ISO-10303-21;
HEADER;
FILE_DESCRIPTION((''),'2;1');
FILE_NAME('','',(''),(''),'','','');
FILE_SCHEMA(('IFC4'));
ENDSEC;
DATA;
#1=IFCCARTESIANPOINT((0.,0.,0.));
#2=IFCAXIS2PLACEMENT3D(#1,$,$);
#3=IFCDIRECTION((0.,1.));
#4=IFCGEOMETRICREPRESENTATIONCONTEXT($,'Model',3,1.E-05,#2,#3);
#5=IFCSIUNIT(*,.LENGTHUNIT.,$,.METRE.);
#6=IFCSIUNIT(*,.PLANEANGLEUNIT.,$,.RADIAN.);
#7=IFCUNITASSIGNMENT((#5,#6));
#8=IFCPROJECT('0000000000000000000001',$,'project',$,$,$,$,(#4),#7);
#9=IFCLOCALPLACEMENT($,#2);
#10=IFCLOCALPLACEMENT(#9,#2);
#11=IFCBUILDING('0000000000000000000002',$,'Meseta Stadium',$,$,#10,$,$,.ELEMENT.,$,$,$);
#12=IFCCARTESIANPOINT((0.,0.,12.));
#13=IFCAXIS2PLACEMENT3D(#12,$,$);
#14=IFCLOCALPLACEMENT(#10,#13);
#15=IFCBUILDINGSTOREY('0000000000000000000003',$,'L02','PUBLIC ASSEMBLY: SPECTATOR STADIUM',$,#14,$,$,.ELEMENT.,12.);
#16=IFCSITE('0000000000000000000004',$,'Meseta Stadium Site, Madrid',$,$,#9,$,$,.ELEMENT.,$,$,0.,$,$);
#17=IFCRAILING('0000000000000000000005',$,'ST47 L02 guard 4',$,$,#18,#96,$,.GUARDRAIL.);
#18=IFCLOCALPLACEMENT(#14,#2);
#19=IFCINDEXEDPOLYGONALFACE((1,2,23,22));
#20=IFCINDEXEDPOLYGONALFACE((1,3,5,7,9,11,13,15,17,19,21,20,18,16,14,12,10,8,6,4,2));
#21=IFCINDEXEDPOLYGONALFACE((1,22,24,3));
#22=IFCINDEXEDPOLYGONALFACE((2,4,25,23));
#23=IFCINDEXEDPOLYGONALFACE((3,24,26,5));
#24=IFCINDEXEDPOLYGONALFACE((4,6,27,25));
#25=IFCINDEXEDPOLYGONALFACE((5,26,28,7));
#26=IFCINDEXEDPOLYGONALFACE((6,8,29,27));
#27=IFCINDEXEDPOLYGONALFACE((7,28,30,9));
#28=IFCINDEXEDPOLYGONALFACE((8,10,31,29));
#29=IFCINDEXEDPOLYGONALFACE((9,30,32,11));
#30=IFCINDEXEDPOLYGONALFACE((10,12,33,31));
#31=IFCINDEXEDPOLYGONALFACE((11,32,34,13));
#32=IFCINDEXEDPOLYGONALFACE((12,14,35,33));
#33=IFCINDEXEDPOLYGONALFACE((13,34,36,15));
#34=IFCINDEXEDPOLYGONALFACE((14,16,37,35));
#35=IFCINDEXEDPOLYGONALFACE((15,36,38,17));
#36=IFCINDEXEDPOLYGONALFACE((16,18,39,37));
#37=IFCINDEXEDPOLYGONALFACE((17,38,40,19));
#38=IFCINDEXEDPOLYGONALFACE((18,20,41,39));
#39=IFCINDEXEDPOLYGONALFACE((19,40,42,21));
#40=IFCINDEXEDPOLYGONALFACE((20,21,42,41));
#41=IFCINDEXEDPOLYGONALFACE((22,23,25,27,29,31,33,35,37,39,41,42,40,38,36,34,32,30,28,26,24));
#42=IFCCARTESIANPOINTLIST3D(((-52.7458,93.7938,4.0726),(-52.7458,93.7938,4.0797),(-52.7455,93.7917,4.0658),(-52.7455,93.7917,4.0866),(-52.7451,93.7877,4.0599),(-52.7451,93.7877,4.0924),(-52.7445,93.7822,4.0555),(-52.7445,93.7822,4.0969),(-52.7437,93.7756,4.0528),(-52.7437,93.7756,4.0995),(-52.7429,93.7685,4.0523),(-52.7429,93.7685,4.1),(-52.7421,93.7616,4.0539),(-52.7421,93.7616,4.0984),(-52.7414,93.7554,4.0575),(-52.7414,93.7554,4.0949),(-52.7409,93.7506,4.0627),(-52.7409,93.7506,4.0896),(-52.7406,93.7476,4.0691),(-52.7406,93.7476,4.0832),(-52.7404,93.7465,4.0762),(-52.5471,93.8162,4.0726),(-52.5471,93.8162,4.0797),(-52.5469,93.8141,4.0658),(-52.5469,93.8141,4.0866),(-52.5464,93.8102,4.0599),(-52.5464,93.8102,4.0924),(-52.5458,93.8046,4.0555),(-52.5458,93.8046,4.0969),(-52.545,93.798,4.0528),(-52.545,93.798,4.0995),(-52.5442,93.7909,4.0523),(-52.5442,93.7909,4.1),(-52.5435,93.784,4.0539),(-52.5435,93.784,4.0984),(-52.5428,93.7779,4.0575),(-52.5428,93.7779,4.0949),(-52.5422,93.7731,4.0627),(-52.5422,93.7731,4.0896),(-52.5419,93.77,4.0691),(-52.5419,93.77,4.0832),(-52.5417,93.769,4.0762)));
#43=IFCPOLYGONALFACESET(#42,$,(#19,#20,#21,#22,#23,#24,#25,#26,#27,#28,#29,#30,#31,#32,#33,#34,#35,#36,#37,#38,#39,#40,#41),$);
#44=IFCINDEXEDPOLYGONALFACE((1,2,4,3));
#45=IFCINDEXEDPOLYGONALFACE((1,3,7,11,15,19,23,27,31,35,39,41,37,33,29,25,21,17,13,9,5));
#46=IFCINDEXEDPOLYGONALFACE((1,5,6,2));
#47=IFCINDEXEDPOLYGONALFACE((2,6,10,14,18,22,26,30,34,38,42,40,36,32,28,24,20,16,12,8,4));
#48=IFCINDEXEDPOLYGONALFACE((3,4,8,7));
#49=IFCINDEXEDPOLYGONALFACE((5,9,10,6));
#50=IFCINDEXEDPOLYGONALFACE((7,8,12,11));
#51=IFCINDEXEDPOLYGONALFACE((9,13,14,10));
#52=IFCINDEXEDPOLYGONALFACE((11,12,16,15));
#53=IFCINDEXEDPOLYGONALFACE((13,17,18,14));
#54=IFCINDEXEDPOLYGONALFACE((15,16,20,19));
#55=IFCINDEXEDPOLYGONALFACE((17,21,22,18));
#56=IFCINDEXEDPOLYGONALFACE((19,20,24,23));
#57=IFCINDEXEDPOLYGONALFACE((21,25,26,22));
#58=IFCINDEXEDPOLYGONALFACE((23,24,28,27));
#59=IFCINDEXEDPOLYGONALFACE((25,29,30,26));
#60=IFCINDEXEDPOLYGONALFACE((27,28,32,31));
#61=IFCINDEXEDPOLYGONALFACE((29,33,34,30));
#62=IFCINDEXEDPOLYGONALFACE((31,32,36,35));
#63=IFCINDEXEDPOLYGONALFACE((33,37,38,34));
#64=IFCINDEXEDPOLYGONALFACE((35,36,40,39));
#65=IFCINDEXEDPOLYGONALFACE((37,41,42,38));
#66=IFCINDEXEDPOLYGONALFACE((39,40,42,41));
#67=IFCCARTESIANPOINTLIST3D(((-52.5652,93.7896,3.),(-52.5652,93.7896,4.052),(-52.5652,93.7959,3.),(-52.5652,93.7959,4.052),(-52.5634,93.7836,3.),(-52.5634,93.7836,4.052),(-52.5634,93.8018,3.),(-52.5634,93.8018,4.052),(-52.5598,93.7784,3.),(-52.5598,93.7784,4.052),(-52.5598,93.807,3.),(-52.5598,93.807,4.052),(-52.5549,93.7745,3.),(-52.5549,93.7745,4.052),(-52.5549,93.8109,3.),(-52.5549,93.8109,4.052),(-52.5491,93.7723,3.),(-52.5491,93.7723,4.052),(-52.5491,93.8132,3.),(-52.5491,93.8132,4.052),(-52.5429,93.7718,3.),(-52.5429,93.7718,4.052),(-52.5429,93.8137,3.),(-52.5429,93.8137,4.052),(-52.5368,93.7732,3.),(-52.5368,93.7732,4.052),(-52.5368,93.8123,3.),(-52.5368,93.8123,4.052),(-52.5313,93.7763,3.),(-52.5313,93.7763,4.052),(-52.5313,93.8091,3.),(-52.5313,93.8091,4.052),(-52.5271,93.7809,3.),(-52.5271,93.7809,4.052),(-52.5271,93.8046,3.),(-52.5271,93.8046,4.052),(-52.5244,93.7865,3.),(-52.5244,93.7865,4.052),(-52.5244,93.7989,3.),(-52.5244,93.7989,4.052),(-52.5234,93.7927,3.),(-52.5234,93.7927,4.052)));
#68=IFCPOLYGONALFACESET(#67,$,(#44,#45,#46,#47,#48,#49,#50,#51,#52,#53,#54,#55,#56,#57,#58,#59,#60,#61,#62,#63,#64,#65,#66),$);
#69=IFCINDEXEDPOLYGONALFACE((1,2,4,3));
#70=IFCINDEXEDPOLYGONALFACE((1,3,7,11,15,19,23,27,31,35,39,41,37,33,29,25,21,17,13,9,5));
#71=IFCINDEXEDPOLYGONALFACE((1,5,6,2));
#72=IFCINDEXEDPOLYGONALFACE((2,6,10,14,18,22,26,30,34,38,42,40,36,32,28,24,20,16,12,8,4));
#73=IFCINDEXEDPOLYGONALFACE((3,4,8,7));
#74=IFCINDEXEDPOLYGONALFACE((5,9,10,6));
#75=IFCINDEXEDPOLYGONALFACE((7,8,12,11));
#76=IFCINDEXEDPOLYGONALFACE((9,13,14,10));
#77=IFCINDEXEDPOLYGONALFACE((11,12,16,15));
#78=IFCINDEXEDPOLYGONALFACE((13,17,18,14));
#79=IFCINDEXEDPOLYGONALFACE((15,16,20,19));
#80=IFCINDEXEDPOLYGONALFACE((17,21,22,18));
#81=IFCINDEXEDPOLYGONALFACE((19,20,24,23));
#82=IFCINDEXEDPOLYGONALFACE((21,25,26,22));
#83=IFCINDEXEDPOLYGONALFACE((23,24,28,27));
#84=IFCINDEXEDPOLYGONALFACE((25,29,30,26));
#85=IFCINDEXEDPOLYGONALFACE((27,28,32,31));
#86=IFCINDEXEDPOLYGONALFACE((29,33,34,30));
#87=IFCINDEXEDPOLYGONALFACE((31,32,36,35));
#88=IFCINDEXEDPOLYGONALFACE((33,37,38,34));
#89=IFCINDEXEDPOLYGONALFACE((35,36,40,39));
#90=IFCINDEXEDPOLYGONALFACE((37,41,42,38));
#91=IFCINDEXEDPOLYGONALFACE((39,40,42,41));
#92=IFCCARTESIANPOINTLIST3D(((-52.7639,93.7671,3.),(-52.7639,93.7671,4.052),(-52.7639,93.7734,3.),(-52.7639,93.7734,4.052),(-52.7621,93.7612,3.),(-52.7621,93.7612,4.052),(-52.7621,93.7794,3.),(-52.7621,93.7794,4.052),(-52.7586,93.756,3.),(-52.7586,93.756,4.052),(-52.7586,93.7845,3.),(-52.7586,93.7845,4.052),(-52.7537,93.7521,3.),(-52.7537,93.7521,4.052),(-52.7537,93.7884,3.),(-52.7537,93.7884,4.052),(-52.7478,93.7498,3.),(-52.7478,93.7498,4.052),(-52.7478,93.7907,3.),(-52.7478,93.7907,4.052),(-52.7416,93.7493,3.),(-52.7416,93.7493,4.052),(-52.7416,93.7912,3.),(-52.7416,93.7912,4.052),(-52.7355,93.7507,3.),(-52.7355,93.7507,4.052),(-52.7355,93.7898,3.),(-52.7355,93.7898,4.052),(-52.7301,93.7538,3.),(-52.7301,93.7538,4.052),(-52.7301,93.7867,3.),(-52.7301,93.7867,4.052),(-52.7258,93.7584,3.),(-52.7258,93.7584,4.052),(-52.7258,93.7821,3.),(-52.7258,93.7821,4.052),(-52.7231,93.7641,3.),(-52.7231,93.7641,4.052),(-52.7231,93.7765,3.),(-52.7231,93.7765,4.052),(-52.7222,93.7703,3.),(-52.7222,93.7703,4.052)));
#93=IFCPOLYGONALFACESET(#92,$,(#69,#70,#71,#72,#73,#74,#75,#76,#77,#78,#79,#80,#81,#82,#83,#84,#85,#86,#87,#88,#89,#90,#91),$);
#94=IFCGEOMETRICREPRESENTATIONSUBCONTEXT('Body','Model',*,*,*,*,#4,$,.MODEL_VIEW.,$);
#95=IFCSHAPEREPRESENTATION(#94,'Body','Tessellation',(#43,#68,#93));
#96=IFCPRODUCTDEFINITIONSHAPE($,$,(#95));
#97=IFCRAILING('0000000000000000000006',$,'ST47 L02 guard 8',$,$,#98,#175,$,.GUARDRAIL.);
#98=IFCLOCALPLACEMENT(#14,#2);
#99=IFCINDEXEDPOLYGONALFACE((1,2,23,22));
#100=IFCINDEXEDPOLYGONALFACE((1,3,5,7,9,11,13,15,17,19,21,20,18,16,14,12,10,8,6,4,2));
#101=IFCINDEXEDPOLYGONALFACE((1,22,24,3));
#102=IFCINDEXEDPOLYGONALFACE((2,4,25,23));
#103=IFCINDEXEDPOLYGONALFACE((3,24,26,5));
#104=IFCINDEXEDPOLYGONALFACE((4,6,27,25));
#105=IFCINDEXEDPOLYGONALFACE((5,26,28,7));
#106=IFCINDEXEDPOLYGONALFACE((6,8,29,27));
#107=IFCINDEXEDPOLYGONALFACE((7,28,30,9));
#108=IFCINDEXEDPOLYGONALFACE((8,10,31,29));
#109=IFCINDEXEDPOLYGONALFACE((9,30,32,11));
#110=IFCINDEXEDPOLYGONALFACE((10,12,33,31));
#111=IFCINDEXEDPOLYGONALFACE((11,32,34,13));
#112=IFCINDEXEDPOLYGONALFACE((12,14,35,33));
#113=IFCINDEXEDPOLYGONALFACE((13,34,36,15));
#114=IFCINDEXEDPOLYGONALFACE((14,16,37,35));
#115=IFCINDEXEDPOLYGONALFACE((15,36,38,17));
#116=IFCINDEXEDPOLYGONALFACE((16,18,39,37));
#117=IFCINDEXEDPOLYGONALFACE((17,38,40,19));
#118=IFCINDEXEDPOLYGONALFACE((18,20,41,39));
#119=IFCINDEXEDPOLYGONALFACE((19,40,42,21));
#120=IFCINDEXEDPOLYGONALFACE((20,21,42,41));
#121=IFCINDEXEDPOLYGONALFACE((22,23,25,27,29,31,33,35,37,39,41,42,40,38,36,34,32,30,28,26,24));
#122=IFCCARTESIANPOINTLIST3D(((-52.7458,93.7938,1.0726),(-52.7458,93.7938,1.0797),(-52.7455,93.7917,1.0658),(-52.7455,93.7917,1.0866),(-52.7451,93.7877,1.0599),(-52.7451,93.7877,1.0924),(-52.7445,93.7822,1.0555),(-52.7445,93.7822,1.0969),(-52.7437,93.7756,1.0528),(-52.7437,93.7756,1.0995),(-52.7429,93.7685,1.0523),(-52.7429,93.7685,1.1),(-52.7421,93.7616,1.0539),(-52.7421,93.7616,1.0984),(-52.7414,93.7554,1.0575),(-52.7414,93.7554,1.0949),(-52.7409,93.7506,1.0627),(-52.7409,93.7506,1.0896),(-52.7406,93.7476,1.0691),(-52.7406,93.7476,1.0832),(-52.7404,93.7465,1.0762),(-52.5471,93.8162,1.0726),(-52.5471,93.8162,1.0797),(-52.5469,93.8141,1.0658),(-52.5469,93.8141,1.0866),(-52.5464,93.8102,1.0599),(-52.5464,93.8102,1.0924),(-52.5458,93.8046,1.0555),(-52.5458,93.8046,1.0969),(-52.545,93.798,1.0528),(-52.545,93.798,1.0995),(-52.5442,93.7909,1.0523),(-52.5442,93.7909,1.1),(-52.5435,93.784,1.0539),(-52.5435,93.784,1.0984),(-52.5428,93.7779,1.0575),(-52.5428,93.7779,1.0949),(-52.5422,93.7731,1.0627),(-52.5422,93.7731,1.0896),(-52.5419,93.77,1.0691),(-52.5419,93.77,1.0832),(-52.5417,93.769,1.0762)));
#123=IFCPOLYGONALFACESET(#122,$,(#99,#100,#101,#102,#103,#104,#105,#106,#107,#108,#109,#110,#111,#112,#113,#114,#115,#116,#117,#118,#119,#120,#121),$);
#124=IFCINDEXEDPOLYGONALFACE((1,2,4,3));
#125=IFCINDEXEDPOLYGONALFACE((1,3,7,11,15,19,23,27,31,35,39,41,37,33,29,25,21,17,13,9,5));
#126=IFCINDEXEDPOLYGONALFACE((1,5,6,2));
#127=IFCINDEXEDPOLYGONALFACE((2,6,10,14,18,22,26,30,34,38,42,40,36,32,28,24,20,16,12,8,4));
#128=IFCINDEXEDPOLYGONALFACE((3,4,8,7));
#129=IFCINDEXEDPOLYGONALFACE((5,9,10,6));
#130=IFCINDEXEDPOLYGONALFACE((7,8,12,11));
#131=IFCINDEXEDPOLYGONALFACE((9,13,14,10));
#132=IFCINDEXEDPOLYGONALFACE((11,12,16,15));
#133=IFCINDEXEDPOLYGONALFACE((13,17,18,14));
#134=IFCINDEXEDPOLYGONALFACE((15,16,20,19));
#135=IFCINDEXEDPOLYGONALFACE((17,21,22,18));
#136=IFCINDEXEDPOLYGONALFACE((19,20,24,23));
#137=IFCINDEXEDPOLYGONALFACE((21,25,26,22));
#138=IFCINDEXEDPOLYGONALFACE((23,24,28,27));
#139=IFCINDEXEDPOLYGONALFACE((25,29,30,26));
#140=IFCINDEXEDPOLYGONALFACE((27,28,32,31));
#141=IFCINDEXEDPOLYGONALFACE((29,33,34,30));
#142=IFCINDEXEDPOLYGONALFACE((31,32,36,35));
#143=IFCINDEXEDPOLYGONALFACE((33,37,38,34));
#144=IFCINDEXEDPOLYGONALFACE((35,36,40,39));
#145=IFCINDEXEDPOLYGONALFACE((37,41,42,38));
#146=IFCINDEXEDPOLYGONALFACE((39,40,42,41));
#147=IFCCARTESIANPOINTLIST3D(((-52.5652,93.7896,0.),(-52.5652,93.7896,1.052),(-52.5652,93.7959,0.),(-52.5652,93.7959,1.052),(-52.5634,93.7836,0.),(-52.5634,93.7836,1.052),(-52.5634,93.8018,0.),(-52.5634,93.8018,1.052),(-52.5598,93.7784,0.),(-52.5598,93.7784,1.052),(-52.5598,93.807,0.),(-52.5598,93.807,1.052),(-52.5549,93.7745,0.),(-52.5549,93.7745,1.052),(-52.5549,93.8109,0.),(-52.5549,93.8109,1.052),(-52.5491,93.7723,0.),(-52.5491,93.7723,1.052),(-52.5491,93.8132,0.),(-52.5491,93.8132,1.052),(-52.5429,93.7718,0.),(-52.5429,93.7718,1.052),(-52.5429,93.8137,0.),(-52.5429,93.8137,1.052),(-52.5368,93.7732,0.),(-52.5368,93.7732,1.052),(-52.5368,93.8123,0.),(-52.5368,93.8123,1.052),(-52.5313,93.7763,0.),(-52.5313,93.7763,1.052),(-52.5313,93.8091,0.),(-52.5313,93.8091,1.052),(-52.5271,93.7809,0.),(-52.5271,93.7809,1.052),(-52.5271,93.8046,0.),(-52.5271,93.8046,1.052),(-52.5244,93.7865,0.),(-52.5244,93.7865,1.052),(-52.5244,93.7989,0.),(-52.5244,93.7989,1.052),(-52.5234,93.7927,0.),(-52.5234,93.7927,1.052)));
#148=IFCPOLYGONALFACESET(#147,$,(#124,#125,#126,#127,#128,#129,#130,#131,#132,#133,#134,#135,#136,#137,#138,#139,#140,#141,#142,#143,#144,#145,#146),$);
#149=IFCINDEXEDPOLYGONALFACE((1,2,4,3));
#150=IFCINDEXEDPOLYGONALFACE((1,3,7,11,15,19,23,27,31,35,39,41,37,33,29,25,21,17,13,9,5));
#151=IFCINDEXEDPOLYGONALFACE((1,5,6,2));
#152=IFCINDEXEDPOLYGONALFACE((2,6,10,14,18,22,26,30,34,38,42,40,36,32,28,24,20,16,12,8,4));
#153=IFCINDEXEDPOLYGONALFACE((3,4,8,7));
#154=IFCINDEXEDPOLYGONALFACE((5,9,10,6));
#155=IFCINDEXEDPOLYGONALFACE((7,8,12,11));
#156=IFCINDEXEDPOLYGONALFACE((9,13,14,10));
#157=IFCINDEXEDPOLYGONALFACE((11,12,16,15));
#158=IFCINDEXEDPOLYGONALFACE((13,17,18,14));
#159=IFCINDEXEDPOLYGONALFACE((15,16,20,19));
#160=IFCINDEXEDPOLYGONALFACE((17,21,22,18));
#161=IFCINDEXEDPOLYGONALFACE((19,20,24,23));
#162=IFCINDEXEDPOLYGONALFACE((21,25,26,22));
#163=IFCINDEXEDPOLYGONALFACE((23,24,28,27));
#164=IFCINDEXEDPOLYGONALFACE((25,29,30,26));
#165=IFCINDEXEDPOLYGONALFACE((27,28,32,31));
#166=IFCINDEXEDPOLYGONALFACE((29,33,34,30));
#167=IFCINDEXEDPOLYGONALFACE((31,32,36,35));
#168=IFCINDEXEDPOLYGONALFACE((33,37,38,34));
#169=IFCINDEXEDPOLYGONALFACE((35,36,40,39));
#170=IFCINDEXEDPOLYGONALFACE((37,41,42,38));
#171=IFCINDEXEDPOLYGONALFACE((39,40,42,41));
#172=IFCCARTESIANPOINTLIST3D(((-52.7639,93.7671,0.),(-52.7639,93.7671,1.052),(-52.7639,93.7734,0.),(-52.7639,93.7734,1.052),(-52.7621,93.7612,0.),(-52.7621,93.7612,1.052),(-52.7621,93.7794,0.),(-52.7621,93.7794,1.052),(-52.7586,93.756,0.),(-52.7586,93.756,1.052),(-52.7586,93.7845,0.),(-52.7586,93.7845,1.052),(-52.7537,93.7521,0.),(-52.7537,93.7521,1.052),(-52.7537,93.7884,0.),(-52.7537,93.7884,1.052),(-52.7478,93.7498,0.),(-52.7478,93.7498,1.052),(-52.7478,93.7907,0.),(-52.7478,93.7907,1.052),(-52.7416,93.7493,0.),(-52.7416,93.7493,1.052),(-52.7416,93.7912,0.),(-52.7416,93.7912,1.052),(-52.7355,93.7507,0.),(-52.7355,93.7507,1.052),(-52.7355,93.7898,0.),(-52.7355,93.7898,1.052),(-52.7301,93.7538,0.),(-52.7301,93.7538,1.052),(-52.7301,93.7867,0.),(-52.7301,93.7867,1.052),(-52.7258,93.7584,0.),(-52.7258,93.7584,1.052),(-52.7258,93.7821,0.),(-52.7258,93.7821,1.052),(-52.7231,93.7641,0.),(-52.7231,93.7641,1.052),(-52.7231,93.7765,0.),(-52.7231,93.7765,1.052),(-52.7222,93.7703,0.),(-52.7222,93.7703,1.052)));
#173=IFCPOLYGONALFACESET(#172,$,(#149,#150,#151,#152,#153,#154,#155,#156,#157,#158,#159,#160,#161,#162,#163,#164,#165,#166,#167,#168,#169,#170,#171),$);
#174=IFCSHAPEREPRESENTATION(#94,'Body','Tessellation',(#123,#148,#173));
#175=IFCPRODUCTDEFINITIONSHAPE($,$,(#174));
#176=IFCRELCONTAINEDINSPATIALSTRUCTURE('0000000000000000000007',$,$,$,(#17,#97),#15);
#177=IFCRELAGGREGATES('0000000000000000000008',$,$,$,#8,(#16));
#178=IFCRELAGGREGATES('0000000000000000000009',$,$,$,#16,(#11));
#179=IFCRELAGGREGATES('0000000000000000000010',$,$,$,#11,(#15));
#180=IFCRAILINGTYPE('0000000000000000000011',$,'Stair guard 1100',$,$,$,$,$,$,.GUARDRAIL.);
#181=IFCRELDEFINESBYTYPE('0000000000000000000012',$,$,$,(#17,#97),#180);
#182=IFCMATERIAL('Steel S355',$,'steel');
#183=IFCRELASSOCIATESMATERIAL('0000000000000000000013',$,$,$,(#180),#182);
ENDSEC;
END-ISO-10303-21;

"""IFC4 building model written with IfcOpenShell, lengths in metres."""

from ifc_helpers import new_model, si_unit, direction, frame, origin, origin_2d, place, context, subcontext, project, spatial, circle, extrude, material, type_object, element, save


model = new_model("IFC4")

# Units and contexts
model_context = context("Model", 3, precision=1e-05, world=origin(), true_north=direction((0.0, 1.0)))
body_context = subcontext(model_context, "Body", "Model", "MODEL_VIEW")
ifc_project = project(units=[si_unit("LENGTHUNIT", "METRE"), si_unit("PLANEANGLEUNIT", "RADIAN")], contexts=[model_context])

# Site, building, storey
site_placement = place(None, origin())
site = spatial("IfcSite", under=ifc_project, at=site_placement, Name="Meseta Stadium Site, Madrid", CompositionType="ELEMENT", RefElevation=0.0)
building_placement = place(site_placement, origin())
building = spatial("IfcBuilding", under=site, at=building_placement, Name="Meseta Stadium", CompositionType="ELEMENT")
storey_placement = place(building_placement, frame((0.0, 0.0, 12.0)))
storey = spatial("IfcBuildingStorey", under=building, at=storey_placement, Name="L02", Description="PUBLIC ASSEMBLY: SPECTATOR STADIUM", CompositionType="ELEMENT", Elevation=12.0)

# Railings
ifc_material_1 = material(Name="Steel S355", Category="steel")
railing_type = type_object("IfcRailingType", Name="Stair guard 1100", PredefinedType="GUARDRAIL", material=ifc_material_1)
for number, where, name in (
    (1, (-52.5444, 93.7927, 3.0), "ST47 L02 guard 4"),
    (2, (-52.5444, 93.7927, 0.0), "ST47 L02 guard 8"),
):
    element("IfcRailing", number, at=place(storey_placement, frame(where)), inside=storey, type_object=railing_type, Name=name, PredefinedType="GUARDRAIL", context=body_context, shape_type="SweptSolid", body=[
        extrude(circle(Radius=0.0239, at=origin_2d()), frame((0.0, 0.0, 1.0762), z_axis=(-0.993674, -0.112307, 0.0), x_axis=(0.112307, -0.993674, 0.0)), (0.0, 0.0, 1.0), 0.2),
        extrude(circle(Radius=0.021, at=origin_2d()), origin(), (0.0, 0.0, 1.0), 1.052),
        extrude(circle(Radius=0.021, at=origin_2d()), frame((-0.1987, -0.0225, 0.0)), (0.0, 0.0, 1.0), 1.052),
    ])

save(model, "model.ifc")
